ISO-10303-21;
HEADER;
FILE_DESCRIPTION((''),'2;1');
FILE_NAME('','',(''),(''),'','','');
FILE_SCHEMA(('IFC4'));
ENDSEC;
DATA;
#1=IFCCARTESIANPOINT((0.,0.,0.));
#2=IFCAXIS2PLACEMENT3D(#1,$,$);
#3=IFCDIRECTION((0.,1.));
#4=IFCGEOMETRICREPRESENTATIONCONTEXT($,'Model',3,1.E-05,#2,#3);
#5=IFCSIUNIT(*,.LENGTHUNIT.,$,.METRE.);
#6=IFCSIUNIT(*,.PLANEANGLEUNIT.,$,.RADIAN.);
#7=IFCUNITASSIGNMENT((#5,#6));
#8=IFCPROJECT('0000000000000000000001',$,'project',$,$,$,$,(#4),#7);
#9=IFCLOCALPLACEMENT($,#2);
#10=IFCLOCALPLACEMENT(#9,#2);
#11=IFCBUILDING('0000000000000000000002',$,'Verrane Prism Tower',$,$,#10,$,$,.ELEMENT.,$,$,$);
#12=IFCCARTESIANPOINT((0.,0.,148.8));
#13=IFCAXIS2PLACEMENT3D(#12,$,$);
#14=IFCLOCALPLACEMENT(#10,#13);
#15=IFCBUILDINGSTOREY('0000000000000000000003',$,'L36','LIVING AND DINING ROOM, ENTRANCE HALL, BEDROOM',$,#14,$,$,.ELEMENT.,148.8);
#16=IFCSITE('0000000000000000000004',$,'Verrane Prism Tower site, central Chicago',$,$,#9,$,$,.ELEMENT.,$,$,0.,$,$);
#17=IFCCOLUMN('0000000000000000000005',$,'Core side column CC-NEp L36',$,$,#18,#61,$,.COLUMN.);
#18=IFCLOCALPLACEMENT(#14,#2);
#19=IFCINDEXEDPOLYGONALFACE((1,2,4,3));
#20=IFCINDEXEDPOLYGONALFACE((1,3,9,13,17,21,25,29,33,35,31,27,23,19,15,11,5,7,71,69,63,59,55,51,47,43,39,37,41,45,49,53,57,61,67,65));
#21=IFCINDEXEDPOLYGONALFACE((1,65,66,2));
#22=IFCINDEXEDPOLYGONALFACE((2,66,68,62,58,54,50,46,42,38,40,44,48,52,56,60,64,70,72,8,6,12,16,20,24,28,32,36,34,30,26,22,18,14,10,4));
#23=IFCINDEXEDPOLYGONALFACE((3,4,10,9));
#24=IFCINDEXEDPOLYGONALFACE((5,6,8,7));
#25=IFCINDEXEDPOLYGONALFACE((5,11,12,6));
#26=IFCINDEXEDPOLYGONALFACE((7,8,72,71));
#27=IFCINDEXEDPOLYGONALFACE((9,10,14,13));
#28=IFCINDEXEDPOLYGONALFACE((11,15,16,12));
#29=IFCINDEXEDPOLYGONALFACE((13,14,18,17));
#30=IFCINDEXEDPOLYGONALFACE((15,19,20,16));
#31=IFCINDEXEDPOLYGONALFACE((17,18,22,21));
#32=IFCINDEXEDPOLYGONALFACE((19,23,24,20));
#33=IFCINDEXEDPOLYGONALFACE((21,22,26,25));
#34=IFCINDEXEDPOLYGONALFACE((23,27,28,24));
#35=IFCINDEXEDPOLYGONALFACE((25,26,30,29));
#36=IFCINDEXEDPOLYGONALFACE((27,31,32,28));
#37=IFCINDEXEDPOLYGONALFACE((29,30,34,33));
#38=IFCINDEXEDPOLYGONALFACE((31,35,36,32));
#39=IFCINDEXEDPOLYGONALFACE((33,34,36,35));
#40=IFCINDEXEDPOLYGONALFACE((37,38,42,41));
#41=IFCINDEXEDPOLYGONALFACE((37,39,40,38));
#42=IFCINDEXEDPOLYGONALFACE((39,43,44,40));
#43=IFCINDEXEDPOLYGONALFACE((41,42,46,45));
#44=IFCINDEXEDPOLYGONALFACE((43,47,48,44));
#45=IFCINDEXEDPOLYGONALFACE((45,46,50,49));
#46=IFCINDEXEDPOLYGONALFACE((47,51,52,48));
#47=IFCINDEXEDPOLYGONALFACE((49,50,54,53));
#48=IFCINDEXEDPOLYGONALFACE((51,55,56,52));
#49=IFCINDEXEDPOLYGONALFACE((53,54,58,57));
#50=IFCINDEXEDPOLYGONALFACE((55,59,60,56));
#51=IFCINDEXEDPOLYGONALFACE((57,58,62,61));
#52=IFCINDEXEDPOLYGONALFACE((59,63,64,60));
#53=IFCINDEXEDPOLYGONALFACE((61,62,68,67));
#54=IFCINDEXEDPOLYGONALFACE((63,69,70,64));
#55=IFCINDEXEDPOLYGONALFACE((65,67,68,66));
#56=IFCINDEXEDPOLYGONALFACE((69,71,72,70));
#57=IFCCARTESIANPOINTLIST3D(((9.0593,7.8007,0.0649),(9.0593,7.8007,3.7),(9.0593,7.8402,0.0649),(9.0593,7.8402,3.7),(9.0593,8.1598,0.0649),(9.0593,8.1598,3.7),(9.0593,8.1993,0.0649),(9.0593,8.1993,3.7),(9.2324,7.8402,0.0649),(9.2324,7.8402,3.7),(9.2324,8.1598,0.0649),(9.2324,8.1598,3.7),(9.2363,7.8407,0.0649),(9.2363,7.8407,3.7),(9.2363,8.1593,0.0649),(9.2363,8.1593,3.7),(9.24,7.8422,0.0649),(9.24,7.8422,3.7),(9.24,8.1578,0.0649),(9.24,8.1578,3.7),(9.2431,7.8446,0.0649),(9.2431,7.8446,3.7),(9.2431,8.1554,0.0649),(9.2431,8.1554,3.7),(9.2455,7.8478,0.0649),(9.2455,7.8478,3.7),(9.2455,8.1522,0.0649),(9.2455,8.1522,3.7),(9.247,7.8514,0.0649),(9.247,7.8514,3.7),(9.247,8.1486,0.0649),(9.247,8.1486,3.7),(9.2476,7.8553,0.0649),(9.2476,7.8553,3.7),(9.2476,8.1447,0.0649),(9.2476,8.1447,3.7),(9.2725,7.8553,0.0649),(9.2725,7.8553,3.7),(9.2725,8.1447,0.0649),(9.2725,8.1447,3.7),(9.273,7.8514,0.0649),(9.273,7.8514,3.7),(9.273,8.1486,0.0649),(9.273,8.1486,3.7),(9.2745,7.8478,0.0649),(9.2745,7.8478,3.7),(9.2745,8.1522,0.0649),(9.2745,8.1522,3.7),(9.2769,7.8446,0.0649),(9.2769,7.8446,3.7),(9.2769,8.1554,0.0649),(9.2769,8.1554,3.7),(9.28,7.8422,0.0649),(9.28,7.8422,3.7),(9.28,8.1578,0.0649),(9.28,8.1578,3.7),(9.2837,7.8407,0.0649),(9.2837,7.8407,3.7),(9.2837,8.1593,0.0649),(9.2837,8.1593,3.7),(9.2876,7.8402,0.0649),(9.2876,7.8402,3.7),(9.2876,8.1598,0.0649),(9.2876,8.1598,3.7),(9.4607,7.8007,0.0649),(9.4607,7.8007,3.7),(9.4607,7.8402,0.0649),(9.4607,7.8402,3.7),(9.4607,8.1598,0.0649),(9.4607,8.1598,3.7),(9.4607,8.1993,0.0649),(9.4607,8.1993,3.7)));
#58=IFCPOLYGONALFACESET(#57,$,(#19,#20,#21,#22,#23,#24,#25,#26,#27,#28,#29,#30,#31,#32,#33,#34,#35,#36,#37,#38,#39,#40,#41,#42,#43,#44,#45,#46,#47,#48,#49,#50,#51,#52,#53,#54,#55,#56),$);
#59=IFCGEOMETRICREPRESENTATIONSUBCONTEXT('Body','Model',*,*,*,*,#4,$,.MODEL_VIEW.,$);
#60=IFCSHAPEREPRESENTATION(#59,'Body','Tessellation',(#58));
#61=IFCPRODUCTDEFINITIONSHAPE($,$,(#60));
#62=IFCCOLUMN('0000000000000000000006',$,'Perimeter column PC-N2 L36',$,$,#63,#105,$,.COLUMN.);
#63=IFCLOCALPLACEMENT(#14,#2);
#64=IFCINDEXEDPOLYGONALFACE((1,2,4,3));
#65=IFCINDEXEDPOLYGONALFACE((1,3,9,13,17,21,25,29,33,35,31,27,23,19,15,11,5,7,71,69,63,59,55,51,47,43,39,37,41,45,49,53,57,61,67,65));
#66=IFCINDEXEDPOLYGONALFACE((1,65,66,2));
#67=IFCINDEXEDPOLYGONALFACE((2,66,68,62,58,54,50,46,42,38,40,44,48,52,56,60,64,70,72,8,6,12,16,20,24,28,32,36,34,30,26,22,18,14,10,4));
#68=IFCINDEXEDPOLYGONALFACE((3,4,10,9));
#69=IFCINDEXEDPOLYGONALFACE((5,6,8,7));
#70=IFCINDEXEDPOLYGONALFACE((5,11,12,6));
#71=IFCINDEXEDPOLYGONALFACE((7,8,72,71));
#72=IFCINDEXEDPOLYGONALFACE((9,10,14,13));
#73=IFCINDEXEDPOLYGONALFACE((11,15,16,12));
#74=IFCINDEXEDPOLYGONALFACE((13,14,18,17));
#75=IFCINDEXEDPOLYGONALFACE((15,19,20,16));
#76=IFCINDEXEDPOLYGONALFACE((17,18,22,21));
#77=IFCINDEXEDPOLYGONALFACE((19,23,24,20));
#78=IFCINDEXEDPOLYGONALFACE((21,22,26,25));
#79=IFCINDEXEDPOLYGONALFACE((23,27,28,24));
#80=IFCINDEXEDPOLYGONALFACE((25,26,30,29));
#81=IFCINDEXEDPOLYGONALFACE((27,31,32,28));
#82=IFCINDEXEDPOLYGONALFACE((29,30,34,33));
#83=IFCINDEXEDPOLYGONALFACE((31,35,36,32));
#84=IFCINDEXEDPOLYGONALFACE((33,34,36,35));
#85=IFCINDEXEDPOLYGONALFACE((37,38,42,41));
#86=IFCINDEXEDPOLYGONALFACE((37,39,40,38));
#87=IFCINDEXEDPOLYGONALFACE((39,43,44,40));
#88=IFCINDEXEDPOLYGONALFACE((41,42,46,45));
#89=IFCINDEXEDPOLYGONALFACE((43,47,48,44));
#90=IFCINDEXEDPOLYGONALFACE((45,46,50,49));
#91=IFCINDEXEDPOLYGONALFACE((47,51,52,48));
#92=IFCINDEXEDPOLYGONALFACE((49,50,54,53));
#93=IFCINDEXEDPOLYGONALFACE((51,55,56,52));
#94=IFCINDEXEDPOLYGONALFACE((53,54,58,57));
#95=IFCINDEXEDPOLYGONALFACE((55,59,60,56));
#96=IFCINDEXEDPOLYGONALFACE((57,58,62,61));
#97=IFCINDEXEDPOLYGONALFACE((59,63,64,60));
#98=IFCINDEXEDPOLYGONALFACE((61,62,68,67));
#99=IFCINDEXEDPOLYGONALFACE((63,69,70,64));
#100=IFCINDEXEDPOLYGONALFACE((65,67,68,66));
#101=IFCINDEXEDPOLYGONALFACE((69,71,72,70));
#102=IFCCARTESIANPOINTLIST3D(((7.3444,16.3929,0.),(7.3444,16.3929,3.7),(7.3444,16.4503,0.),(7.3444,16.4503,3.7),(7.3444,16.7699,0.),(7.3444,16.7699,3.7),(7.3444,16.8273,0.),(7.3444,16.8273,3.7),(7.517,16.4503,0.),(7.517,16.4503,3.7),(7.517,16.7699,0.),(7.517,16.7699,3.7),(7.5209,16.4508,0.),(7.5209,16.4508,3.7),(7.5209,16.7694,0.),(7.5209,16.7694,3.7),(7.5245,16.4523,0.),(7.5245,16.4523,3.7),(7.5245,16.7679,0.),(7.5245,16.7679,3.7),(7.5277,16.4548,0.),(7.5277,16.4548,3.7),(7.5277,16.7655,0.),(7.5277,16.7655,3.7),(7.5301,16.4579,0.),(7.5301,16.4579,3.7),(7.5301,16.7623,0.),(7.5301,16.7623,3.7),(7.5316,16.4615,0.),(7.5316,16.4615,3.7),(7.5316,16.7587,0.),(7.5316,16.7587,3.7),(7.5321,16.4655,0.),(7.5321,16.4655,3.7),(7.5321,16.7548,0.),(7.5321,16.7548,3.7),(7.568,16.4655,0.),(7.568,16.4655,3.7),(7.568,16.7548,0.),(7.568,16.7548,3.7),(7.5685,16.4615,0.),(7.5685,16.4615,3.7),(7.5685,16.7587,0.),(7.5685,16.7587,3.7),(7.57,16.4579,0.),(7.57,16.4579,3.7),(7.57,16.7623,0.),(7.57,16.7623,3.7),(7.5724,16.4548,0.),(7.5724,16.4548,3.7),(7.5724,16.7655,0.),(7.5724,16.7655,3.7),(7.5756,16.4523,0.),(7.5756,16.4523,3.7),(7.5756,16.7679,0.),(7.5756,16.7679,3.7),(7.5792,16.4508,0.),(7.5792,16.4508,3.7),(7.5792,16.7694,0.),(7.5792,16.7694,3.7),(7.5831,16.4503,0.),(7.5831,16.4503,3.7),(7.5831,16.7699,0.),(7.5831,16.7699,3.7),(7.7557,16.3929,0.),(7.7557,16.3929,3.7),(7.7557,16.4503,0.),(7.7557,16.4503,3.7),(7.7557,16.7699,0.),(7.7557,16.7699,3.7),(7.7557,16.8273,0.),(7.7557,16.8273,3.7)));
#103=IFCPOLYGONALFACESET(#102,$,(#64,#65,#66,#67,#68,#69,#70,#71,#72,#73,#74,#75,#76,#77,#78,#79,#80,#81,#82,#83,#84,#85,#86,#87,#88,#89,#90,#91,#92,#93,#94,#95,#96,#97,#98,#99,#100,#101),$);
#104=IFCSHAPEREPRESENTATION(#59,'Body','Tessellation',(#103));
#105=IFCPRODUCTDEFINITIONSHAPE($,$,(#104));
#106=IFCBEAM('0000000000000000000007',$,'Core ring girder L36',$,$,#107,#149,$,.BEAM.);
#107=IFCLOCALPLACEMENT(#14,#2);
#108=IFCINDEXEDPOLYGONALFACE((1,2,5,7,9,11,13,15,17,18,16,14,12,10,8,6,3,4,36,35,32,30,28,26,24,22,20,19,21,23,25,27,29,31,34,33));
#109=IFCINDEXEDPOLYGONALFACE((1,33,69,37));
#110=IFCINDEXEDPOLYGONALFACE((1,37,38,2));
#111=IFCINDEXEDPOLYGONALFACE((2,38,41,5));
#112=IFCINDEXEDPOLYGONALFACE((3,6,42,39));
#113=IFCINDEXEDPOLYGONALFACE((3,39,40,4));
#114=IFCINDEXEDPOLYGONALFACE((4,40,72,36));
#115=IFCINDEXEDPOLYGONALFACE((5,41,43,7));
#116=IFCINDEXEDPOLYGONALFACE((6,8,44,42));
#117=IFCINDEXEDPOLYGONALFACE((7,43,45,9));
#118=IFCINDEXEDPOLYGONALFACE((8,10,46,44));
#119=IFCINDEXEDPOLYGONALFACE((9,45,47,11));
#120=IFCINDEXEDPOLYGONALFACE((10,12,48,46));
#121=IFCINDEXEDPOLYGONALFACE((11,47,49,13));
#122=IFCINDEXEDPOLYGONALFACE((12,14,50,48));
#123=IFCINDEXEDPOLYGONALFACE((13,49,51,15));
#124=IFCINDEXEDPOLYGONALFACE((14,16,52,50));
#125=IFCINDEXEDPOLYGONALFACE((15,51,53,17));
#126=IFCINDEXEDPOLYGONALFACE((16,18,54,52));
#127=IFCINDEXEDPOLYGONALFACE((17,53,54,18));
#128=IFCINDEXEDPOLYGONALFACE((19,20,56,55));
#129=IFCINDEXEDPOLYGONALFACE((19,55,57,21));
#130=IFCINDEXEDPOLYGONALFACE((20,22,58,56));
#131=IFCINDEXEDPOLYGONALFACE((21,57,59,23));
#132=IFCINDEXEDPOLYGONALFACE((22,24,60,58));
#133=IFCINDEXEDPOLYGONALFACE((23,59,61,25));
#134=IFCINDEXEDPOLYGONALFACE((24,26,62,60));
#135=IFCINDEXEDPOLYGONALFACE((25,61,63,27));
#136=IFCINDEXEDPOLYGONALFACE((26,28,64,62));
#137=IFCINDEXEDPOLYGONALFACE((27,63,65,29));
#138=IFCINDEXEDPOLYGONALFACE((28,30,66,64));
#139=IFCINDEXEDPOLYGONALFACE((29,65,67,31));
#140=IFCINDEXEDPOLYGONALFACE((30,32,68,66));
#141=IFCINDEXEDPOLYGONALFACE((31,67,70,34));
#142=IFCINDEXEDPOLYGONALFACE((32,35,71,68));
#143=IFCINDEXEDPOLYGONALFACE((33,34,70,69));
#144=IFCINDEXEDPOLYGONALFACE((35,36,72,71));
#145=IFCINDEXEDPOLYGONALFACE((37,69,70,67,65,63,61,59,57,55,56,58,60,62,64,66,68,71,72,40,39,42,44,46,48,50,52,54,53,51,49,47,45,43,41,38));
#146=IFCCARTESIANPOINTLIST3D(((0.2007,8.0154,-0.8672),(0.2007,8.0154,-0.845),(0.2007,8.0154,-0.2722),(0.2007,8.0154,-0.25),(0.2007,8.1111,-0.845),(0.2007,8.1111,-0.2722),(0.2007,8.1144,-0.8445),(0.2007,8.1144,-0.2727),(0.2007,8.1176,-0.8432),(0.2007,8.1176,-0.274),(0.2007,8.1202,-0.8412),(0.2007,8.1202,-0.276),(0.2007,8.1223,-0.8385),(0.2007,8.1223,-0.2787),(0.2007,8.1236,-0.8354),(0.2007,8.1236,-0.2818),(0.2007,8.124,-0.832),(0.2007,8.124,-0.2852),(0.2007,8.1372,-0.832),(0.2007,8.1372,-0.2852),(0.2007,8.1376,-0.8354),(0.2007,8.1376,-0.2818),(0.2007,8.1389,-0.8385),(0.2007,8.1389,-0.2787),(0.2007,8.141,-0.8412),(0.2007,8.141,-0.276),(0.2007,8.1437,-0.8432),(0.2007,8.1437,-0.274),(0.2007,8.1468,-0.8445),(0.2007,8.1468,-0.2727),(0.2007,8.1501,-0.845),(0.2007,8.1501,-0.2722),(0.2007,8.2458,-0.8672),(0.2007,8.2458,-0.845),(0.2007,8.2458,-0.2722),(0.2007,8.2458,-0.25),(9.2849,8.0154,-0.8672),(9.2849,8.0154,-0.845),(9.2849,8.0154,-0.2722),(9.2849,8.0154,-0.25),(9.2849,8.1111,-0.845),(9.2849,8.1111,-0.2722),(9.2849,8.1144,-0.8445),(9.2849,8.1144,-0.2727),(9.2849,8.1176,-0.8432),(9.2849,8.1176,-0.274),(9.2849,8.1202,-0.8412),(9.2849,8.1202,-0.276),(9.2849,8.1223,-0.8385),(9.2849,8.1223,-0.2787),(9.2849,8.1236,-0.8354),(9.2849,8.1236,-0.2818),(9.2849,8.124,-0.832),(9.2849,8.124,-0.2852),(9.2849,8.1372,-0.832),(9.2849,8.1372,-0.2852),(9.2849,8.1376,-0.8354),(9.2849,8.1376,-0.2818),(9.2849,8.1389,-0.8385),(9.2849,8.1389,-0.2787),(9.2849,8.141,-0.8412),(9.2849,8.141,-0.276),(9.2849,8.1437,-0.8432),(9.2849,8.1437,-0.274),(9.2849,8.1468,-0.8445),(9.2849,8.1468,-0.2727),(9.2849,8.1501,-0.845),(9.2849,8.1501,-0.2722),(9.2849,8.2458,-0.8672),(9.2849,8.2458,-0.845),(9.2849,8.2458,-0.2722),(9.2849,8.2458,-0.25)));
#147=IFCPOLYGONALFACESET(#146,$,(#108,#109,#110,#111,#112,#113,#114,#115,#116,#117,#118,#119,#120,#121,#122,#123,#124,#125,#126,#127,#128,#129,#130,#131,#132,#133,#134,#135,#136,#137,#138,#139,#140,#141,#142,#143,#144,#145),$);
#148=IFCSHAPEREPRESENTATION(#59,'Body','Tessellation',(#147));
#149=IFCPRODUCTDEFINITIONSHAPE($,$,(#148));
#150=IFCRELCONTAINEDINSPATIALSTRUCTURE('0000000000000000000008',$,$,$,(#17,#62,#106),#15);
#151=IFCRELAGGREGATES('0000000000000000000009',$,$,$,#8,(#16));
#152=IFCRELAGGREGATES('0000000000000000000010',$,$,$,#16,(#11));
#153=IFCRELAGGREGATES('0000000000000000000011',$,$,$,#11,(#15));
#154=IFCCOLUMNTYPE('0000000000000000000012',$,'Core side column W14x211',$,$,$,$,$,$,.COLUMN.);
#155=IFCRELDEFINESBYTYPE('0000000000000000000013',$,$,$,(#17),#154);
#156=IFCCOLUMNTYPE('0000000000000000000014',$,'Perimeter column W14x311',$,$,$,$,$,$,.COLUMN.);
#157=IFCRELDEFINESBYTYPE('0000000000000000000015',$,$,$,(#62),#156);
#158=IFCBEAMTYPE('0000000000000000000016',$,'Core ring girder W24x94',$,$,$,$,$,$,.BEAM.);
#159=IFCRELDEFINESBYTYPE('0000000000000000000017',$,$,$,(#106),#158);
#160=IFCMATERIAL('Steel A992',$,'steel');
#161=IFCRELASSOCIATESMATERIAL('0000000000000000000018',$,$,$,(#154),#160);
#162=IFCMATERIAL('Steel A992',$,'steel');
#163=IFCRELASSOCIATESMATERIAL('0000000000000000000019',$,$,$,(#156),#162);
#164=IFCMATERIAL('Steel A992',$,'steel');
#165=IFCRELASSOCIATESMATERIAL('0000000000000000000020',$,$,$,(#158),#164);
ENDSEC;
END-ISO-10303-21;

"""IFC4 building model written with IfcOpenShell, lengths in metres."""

from ifc_helpers import new_model, si_unit, direction, frame, origin, origin_2d, place, context, subcontext, project, spatial, i_section, extrude, material, material_profile, profile_set, type_object, element, save


model = new_model("IFC4")

# Units and contexts
model_context = context("Model", 3, precision=1e-05, world=origin(), true_north=direction((0.0, 1.0)))
body_context = subcontext(model_context, "Body", "Model", "MODEL_VIEW")
ifc_project = project(units=[si_unit("LENGTHUNIT", "METRE"), si_unit("PLANEANGLEUNIT", "RADIAN")], contexts=[model_context])

# Site, building, storey
site_placement = place(None, origin())
site = spatial("IfcSite", under=ifc_project, at=site_placement, Name="Verrane Prism Tower site, central Chicago", CompositionType="ELEMENT", RefElevation=0.0)
building_placement = place(site_placement, origin())
building = spatial("IfcBuilding", under=site, at=building_placement, Name="Verrane Prism Tower", CompositionType="ELEMENT")
storey_placement = place(building_placement, frame((0.0, 0.0, 148.8)))
storey = spatial("IfcBuildingStorey", under=building, at=storey_placement, Name="L36", Description="LIVING AND DINING ROOM, ENTRANCE HALL, BEDROOM", CompositionType="ELEMENT", Elevation=148.8)

# Columns
ifc_material_1 = material(Name="Steel A992", Category="steel")
ifc_material_profile_1 = material_profile(ifc_material_1, i_section(OverallWidth=0.4014, OverallDepth=0.3987, WebThickness=0.0249, FlangeThickness=0.0396, FilletRadius=0.0151, at=origin_2d()), Name="W14x211")
ifc_profile_set_1 = profile_set([ifc_material_profile_1], Name="Steel A992")
column_type_1 = type_object("IfcColumnType", Name="Core side column W14x211", PredefinedType="COLUMN", material=ifc_profile_set_1)
column_1_placement = place(storey_placement, frame((9.26, 8.0, 0.0649), z_axis=(0.0, 0.0, 1.0), x_axis=(1.0, 0.0, 0.0)))
element("IfcColumn", 1, at=column_1_placement, inside=storey, type_object=column_type_1, Name="Core side column CC-NEp L36", PredefinedType="COLUMN", context=body_context, shape_type="SweptSolid", body=[
    extrude(i_section(OverallWidth=0.4014, OverallDepth=0.3987, WebThickness=0.0249, FlangeThickness=0.0396, FilletRadius=0.0151, at=origin_2d()), origin(), (0.0, 0.0, 1.0), 3.635),
])
ifc_material_2 = material(Name="Steel A992", Category="steel")
ifc_material_profile_2 = material_profile(ifc_material_2, i_section(OverallWidth=0.4114, OverallDepth=0.4343, WebThickness=0.0359, FlangeThickness=0.0574, FilletRadius=0.0151, at=origin_2d()), Name="W14x311")
ifc_profile_set_2 = profile_set([ifc_material_profile_2], Name="Steel A992")
column_type_2 = type_object("IfcColumnType", Name="Perimeter column W14x311", PredefinedType="COLUMN", material=ifc_profile_set_2)
column_2_placement = place(storey_placement, frame((7.55, 16.6101, 0.0), z_axis=(0.0, 0.0, 1.0), x_axis=(1.0, 0.0, 0.0)))
element("IfcColumn", 2, at=column_2_placement, inside=storey, type_object=column_type_2, Name="Perimeter column PC-N2 L36", PredefinedType="COLUMN", context=body_context, shape_type="SweptSolid", body=[
    extrude(i_section(OverallWidth=0.4114, OverallDepth=0.4343, WebThickness=0.0359, FlangeThickness=0.0574, FilletRadius=0.0151, at=origin_2d()), origin(), (0.0, 0.0, 1.0), 3.7),
])

# Beam
ifc_material_3 = material(Name="Steel A992", Category="steel")
ifc_material_profile_3 = material_profile(ifc_material_3, i_section(OverallWidth=0.2305, OverallDepth=0.6172, WebThickness=0.0132, FlangeThickness=0.0222, FilletRadius=0.0129, at=origin_2d()), Name="W24x94")
ifc_profile_set_3 = profile_set([ifc_material_profile_3], Name="Steel A992")
beam_type_1 = type_object("IfcBeamType", Name="Core ring girder W24x94", PredefinedType="BEAM", material=ifc_profile_set_3)
beam_1_placement = place(storey_placement, frame((9.2849, 8.1306, -0.5586), z_axis=(-1.0, 0.0, 0.0), x_axis=(0.0, -1.0, 0.0)))
element("IfcBeam", 3, at=beam_1_placement, inside=storey, type_object=beam_type_1, Name="Core ring girder L36", PredefinedType="BEAM", context=body_context, shape_type="SweptSolid", body=[
    extrude(i_section(OverallWidth=0.2305, OverallDepth=0.6172, WebThickness=0.0132, FlangeThickness=0.0222, FilletRadius=0.0129, at=origin_2d()), origin(), (0.0, 0.0, 1.0), 9.0842),
])

save(model, "model.ifc")
